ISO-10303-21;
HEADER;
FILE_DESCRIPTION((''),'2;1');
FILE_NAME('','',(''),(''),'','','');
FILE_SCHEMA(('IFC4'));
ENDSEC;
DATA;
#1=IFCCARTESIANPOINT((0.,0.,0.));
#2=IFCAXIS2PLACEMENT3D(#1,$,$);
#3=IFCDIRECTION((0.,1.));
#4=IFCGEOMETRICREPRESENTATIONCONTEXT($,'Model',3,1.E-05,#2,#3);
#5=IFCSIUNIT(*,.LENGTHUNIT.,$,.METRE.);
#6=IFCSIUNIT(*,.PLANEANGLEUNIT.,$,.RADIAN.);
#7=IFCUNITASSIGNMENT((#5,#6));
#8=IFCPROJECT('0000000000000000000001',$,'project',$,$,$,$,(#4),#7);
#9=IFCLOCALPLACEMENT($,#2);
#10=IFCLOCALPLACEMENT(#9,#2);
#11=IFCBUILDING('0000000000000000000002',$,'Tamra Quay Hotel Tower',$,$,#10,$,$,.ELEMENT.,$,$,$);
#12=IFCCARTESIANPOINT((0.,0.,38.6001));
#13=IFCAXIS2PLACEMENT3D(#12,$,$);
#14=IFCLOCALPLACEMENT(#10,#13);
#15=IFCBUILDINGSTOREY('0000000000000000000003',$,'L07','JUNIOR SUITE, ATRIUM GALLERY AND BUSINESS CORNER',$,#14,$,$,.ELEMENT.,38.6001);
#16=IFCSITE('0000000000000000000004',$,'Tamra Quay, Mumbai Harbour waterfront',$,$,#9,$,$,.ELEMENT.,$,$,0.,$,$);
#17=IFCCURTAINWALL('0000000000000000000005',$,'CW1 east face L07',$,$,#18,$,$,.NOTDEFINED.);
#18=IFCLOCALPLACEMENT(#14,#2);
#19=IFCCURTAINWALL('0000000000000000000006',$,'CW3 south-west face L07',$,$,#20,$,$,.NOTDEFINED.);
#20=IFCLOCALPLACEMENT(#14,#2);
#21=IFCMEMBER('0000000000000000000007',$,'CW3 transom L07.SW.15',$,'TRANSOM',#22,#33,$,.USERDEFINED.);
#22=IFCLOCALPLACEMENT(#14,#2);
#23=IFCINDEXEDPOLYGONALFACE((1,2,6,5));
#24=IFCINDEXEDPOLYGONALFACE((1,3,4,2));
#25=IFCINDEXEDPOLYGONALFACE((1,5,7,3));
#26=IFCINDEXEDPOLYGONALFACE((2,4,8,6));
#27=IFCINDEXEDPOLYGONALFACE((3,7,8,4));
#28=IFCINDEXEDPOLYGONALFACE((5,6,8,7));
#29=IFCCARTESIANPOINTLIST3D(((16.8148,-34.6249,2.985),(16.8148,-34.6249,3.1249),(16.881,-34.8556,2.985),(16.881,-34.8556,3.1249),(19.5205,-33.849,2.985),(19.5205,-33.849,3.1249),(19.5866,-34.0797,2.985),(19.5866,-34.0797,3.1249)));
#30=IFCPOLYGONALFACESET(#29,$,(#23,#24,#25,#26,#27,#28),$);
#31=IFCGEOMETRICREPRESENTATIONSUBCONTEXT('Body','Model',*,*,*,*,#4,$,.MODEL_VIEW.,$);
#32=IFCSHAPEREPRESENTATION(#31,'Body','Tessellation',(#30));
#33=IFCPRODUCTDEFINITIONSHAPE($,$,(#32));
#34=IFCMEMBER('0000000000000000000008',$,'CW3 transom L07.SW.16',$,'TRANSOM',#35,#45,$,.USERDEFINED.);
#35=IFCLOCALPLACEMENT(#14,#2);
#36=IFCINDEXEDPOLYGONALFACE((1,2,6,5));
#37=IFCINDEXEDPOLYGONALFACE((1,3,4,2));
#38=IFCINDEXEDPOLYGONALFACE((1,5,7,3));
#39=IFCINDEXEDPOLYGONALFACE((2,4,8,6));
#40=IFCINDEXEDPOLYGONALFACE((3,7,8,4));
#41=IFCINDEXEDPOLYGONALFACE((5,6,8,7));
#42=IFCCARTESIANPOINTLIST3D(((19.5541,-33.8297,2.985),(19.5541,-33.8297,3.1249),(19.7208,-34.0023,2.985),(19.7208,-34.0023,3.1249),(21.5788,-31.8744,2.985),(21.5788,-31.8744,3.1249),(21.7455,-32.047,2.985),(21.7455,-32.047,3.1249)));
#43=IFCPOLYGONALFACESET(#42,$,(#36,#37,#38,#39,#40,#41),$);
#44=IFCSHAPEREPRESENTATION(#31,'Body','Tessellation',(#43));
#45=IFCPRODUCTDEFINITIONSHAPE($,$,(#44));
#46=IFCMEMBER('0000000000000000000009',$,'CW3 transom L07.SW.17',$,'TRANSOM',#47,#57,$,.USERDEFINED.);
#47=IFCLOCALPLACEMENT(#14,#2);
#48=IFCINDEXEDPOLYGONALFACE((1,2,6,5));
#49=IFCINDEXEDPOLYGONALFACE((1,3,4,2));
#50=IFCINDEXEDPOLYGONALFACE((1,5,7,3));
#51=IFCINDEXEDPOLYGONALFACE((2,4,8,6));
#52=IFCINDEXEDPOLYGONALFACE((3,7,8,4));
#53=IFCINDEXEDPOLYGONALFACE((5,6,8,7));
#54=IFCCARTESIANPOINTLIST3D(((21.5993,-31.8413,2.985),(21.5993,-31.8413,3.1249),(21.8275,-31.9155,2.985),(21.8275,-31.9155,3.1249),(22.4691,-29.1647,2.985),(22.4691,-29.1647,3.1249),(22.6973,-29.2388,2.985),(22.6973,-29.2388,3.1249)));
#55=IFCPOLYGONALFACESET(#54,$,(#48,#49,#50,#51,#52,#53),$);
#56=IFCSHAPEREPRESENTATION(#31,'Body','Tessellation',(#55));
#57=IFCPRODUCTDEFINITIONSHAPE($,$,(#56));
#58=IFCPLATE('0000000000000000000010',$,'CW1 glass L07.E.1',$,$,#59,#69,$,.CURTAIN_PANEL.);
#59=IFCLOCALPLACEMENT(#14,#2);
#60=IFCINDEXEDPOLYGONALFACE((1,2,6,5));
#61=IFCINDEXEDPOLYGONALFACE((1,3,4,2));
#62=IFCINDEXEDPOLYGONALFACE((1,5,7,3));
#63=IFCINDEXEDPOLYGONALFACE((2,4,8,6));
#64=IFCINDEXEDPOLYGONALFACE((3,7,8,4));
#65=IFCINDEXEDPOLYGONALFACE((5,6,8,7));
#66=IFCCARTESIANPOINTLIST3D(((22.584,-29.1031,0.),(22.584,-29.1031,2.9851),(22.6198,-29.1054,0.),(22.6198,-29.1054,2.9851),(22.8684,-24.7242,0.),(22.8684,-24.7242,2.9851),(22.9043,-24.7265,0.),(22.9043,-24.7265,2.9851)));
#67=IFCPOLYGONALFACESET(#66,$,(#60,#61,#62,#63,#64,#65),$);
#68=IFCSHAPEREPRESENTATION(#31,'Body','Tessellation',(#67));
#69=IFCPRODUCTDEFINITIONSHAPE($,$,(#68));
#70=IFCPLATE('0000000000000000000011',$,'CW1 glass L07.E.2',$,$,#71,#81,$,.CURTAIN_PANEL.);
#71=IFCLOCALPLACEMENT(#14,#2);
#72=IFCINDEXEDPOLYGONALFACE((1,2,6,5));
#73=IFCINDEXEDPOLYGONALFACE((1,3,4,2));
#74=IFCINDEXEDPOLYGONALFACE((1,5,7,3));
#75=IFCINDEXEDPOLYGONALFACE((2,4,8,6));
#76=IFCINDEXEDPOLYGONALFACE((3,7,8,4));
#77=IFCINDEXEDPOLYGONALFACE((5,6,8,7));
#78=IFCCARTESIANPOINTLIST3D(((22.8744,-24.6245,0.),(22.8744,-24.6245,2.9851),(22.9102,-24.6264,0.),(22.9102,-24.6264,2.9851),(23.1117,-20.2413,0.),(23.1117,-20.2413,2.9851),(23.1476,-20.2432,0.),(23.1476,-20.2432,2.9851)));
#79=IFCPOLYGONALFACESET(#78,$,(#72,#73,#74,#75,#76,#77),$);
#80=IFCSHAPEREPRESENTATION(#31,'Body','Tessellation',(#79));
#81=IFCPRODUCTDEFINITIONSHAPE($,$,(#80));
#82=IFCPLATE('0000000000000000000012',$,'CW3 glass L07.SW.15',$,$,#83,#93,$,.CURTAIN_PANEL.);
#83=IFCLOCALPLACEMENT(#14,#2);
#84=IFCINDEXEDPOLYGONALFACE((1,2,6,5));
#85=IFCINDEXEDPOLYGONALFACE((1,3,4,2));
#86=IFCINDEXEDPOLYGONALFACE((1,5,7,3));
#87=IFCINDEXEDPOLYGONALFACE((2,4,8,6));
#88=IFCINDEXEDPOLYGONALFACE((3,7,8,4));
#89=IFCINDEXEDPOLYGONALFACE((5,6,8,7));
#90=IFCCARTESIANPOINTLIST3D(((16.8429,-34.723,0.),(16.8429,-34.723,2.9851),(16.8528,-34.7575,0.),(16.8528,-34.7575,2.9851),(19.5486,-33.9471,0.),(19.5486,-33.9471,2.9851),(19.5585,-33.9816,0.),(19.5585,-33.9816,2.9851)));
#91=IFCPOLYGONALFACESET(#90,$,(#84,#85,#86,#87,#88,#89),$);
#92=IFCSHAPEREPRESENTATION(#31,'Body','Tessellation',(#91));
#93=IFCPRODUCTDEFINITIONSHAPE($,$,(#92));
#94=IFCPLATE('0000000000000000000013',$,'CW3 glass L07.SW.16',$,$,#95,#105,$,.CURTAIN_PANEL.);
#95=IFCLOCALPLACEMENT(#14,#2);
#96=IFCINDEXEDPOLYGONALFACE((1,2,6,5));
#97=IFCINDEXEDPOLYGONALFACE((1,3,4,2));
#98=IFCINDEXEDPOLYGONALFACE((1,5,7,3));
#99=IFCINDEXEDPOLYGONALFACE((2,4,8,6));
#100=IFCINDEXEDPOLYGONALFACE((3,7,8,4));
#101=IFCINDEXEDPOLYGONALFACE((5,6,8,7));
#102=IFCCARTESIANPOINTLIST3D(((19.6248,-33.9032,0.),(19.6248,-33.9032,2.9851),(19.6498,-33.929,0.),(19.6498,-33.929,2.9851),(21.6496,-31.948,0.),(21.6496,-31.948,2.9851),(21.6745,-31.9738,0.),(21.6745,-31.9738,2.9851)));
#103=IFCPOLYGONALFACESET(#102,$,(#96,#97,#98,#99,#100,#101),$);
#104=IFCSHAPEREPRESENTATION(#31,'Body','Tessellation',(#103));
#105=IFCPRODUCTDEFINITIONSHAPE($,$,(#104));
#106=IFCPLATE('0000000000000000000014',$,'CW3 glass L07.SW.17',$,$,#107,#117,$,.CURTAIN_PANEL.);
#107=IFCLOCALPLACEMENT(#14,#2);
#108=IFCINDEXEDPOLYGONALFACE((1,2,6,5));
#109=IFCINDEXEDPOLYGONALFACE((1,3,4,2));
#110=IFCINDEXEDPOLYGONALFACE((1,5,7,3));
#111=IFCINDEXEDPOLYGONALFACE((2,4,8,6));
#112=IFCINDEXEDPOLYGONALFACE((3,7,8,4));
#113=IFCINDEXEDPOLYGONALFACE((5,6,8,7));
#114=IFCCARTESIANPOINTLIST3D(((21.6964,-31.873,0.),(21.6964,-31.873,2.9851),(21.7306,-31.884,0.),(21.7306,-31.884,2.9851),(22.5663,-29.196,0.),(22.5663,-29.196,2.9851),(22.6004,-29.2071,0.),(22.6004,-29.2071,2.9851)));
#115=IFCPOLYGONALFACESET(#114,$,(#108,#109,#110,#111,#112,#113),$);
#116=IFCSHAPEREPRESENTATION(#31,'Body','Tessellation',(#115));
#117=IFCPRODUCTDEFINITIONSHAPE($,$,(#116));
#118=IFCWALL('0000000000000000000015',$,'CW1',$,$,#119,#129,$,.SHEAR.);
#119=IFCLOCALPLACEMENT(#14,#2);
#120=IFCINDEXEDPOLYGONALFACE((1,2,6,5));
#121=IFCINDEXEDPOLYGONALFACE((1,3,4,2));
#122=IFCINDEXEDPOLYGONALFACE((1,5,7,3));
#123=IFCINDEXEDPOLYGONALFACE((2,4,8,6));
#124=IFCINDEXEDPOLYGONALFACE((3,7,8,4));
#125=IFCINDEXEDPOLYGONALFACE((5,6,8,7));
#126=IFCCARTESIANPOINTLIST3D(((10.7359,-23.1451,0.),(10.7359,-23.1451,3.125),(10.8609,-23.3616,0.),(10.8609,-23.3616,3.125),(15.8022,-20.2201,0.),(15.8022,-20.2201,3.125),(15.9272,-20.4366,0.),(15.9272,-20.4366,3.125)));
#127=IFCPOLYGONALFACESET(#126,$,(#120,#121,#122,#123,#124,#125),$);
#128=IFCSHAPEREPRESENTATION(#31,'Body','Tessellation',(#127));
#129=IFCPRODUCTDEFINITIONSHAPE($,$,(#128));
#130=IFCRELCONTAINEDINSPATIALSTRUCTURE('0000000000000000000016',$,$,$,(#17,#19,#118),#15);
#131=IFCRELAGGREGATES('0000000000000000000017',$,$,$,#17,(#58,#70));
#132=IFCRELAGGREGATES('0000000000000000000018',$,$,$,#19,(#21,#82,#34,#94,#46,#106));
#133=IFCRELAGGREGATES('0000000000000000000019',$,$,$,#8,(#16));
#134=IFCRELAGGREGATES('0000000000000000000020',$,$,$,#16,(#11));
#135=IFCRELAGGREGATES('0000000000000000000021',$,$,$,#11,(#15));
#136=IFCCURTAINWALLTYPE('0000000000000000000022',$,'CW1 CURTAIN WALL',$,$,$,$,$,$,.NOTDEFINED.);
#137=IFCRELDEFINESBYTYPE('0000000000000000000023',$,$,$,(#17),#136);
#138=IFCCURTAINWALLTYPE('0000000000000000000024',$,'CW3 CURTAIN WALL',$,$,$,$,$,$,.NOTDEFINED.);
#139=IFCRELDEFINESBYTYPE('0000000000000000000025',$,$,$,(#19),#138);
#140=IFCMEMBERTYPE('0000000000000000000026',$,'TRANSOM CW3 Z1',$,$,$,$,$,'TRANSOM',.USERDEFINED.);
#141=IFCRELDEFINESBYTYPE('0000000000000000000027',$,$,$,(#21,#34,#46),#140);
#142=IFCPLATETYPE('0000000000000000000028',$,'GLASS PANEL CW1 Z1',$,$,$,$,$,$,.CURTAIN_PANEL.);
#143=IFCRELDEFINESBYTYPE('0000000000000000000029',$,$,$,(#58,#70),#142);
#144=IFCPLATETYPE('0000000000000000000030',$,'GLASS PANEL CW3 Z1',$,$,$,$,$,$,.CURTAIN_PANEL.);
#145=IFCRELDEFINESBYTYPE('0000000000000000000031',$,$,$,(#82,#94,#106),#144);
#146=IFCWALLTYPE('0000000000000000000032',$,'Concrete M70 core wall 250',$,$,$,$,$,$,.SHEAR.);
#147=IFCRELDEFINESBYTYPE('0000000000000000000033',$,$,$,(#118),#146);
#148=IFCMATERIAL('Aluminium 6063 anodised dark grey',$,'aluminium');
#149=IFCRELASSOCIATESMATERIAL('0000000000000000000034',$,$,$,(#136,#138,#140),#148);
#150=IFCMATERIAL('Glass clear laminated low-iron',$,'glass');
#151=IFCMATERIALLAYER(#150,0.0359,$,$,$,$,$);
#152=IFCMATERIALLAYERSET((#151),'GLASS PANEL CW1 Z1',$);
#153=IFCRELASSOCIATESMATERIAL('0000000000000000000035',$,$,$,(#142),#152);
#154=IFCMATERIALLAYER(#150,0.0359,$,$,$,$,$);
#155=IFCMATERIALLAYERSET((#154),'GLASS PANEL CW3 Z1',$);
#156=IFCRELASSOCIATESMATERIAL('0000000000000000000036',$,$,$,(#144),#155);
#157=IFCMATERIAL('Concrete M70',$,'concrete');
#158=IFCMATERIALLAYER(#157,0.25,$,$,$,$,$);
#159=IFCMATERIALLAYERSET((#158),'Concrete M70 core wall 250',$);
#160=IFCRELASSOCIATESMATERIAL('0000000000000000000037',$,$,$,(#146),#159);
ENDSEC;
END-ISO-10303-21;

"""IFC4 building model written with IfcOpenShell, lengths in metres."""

from ifc_helpers import new_model, si_unit, direction, frame, frame_2d, origin, origin_2d, place, context, subcontext, project, spatial, rectangle, extrude, material, layer, layer_set, material_profile, profile_set, type_object, element, aggregate, save


model = new_model("IFC4")

# Units and contexts
model_context = context("Model", 3, precision=1e-05, world=origin(), true_north=direction((0.0, 1.0)))
body_context = subcontext(model_context, "Body", "Model", "MODEL_VIEW")
ifc_project = project(units=[si_unit("LENGTHUNIT", "METRE"), si_unit("PLANEANGLEUNIT", "RADIAN")], contexts=[model_context])

# Site, building, storey
site_placement = place(None, origin())
site = spatial("IfcSite", under=ifc_project, at=site_placement, Name="Tamra Quay, Mumbai Harbour waterfront", CompositionType="ELEMENT", RefElevation=0.0)
building_placement = place(site_placement, origin())
building = spatial("IfcBuilding", under=site, at=building_placement, Name="Tamra Quay Hotel Tower", CompositionType="ELEMENT")
storey_placement = place(building_placement, frame((0.0, 0.0, 38.6001)))
storey = spatial("IfcBuildingStorey", under=building, at=storey_placement, Name="L07", Description="JUNIOR SUITE, ATRIUM GALLERY AND BUSINESS CORNER", CompositionType="ELEMENT", Elevation=38.6001)

# Shared definitions
ifc_material_1 = material(Name="Concrete M70", Category="concrete")

# Curtain wall
ifc_material_2 = material(Name="Aluminium 6063 anodised dark grey", Category="aluminium")
curtain_wall_type_1 = type_object("IfcCurtainWallType", Name="CW1 CURTAIN WALL", PredefinedType="NOTDEFINED", material=ifc_material_2)
curtain_wall_1_placement = place(storey_placement, origin())
curtain_wall_1 = element("IfcCurtainWall", 1, at=curtain_wall_1_placement, inside=storey, type_object=curtain_wall_type_1, Name="CW1 east face L07", PredefinedType="NOTDEFINED")

# Curtain wall
curtain_wall_type_2 = type_object("IfcCurtainWallType", Name="CW3 CURTAIN WALL", PredefinedType="NOTDEFINED", material=ifc_material_2)
curtain_wall_2_placement = place(storey_placement, origin())
curtain_wall_2 = element("IfcCurtainWall", 2, at=curtain_wall_2_placement, inside=storey, type_object=curtain_wall_type_2, Name="CW3 south-west face L07", PredefinedType="NOTDEFINED")

# Members
ifc_material_profile_1 = material_profile(ifc_material_2, rectangle(XDim=0.24, YDim=0.1399, at=origin_2d()), Name="TRANSOM 240X140")
ifc_profile_set_1 = profile_set([ifc_material_profile_1], Name="Aluminium 6063 anodised dark grey")
member_type_1 = type_object("IfcMemberType", Name="TRANSOM CW3 Z1", ElementType="TRANSOM", PredefinedType="USERDEFINED", material=ifc_profile_set_1)
member_1_placement = place(storey_placement, frame((16.8479, -34.7402, 3.0549), z_axis=(0.961255, 0.27566, 0.0), x_axis=(-0.27566, 0.961255, 0.0)))
member_1 = element("IfcMember", 3, at=member_1_placement, type_object=member_type_1, Name="CW3 transom L07.SW.15", ObjectType="TRANSOM", PredefinedType="USERDEFINED", context=body_context, shape_type="SweptSolid", body=[
    extrude(rectangle(XDim=0.24, YDim=0.1399, at=origin_2d()), origin(), (0.0, 0.0, 1.0), 2.8147),
])
member_2_placement = place(storey_placement, frame((19.6375, -33.916, 3.0549), z_axis=(0.719316, 0.694683, 0.0), x_axis=(-0.694683, 0.719316, 0.0)))
member_2 = element("IfcMember", 4, at=member_2_placement, type_object=member_type_1, Name="CW3 transom L07.SW.16", ObjectType="TRANSOM", PredefinedType="USERDEFINED", context=body_context, shape_type="SweptSolid", body=[
    extrude(rectangle(XDim=0.24, YDim=0.1399, at=origin_2d()), origin(), (0.0, 0.0, 1.0), 2.8147),
])
member_3_placement = place(storey_placement, frame((21.7134, -31.8784, 3.0549), z_axis=(0.309063, 0.951042, 0.0), x_axis=(-0.951042, 0.309063, 0.0)))
member_3 = element("IfcMember", 5, at=member_3_placement, type_object=member_type_1, Name="CW3 transom L07.SW.17", ObjectType="TRANSOM", PredefinedType="USERDEFINED", context=body_context, shape_type="SweptSolid", body=[
    extrude(rectangle(XDim=0.24, YDim=0.1399, at=origin_2d()), origin(), (0.0, 0.0, 1.0), 2.8145),
])

# Plates
ifc_material_3 = material(Name="Glass clear laminated low-iron", Category="glass")
ifc_layer_1 = layer(ifc_material_3, 0.0359)
ifc_layer_set_1 = layer_set([ifc_layer_1], Name="GLASS PANEL CW1 Z1")
plate_type_1 = type_object("IfcPlateType", Name="GLASS PANEL CW1 Z1", PredefinedType="CURTAIN_PANEL", material=ifc_layer_set_1)
plate_1_placement = place(storey_placement, frame((22.7441, -26.9148, 0.0), z_axis=(0.0, 0.0, 1.0), x_axis=(0.064813, 0.997897, 0.0)))
plate_1 = element("IfcPlate", 6, at=plate_1_placement, type_object=plate_type_1, Name="CW1 glass L07.E.1", PredefinedType="CURTAIN_PANEL", context=body_context, shape_type="SweptSolid", body=[
    extrude(rectangle(XDim=4.3882, YDim=0.0359, at=origin_2d()), origin(), (0.0, 0.0, 1.0), 2.9851),
])
plate_2_placement = place(storey_placement, frame((23.011, -22.4338, 0.0), z_axis=(0.0, 0.0, 1.0), x_axis=(0.054062, 0.998538, 0.0)))
plate_2 = element("IfcPlate", 7, at=plate_2_placement, type_object=plate_type_1, Name="CW1 glass L07.E.2", PredefinedType="CURTAIN_PANEL", context=body_context, shape_type="SweptSolid", body=[
    extrude(rectangle(XDim=4.3896, YDim=0.0359, at=origin_2d()), origin(), (0.0, 0.0, 1.0), 2.9851),
])
aggregate(curtain_wall_1, [plate_1, plate_2])
ifc_layer_2 = layer(ifc_material_3, 0.0359)
ifc_layer_set_2 = layer_set([ifc_layer_2], Name="GLASS PANEL CW3 Z1")
plate_type_2 = type_object("IfcPlateType", Name="GLASS PANEL CW3 Z1", PredefinedType="CURTAIN_PANEL", material=ifc_layer_set_2)
plate_3_placement = place(storey_placement, frame((18.2007, -34.3523, 0.0), z_axis=(0.0, 0.0, 1.0), x_axis=(0.961259, 0.275645, 0.0)))
plate_3 = element("IfcPlate", 8, at=plate_3_placement, type_object=plate_type_2, Name="CW3 glass L07.SW.15", PredefinedType="CURTAIN_PANEL", context=body_context, shape_type="SweptSolid", body=[
    extrude(rectangle(XDim=2.8147, YDim=0.0359, at=origin_2d()), origin(), (0.0, 0.0, 1.0), 2.9851),
])
plate_4_placement = place(storey_placement, frame((20.6497, -32.9385, 0.0), z_axis=(0.0, 0.0, 1.0), x_axis=(0.719346, 0.694652, 0.0)))
plate_4 = element("IfcPlate", 9, at=plate_4_placement, type_object=plate_type_2, Name="CW3 glass L07.SW.16", PredefinedType="CURTAIN_PANEL", context=body_context, shape_type="SweptSolid", body=[
    extrude(rectangle(XDim=2.8147, YDim=0.0359, at=origin_2d()), origin(), (0.0, 0.0, 1.0), 2.9851),
])
plate_5_placement = place(storey_placement, frame((22.1484, -30.54, 0.0), z_axis=(0.0, 0.0, 1.0), x_axis=(0.309041, 0.951049, 0.0)))
plate_5 = element("IfcPlate", 10, at=plate_5_placement, type_object=plate_type_2, Name="CW3 glass L07.SW.17", PredefinedType="CURTAIN_PANEL", context=body_context, shape_type="SweptSolid", body=[
    extrude(rectangle(XDim=2.8147, YDim=0.0359, at=origin_2d()), origin(), (0.0, 0.0, 1.0), 2.9851),
])
aggregate(curtain_wall_2, [member_1, plate_3, member_2, plate_4, member_3, plate_5])

# Wall
ifc_layer_3 = layer(ifc_material_1, 0.25)
ifc_layer_set_3 = layer_set([ifc_layer_3], Name="Concrete M70 core wall 250")
wall_type = type_object("IfcWallType", Name="Concrete M70 core wall 250", PredefinedType="SHEAR", material=ifc_layer_set_3)
wall_placement = place(storey_placement, frame((15.8647, -20.3284, 0.0), z_axis=(0.0, 0.0, 1.0), x_axis=(-0.866029, -0.499995, 0.0)))
element("IfcWall", 11, at=wall_placement, inside=storey, type_object=wall_type, Name="CW1", PredefinedType="SHEAR", context=body_context, shape_type="SweptSolid", body=[
    extrude(rectangle(XDim=5.8501, YDim=0.25, at=frame_2d((2.925, 0.0))), origin(), (0.0, 0.0, 1.0), 3.125),
])

save(model, "model.ifc")
